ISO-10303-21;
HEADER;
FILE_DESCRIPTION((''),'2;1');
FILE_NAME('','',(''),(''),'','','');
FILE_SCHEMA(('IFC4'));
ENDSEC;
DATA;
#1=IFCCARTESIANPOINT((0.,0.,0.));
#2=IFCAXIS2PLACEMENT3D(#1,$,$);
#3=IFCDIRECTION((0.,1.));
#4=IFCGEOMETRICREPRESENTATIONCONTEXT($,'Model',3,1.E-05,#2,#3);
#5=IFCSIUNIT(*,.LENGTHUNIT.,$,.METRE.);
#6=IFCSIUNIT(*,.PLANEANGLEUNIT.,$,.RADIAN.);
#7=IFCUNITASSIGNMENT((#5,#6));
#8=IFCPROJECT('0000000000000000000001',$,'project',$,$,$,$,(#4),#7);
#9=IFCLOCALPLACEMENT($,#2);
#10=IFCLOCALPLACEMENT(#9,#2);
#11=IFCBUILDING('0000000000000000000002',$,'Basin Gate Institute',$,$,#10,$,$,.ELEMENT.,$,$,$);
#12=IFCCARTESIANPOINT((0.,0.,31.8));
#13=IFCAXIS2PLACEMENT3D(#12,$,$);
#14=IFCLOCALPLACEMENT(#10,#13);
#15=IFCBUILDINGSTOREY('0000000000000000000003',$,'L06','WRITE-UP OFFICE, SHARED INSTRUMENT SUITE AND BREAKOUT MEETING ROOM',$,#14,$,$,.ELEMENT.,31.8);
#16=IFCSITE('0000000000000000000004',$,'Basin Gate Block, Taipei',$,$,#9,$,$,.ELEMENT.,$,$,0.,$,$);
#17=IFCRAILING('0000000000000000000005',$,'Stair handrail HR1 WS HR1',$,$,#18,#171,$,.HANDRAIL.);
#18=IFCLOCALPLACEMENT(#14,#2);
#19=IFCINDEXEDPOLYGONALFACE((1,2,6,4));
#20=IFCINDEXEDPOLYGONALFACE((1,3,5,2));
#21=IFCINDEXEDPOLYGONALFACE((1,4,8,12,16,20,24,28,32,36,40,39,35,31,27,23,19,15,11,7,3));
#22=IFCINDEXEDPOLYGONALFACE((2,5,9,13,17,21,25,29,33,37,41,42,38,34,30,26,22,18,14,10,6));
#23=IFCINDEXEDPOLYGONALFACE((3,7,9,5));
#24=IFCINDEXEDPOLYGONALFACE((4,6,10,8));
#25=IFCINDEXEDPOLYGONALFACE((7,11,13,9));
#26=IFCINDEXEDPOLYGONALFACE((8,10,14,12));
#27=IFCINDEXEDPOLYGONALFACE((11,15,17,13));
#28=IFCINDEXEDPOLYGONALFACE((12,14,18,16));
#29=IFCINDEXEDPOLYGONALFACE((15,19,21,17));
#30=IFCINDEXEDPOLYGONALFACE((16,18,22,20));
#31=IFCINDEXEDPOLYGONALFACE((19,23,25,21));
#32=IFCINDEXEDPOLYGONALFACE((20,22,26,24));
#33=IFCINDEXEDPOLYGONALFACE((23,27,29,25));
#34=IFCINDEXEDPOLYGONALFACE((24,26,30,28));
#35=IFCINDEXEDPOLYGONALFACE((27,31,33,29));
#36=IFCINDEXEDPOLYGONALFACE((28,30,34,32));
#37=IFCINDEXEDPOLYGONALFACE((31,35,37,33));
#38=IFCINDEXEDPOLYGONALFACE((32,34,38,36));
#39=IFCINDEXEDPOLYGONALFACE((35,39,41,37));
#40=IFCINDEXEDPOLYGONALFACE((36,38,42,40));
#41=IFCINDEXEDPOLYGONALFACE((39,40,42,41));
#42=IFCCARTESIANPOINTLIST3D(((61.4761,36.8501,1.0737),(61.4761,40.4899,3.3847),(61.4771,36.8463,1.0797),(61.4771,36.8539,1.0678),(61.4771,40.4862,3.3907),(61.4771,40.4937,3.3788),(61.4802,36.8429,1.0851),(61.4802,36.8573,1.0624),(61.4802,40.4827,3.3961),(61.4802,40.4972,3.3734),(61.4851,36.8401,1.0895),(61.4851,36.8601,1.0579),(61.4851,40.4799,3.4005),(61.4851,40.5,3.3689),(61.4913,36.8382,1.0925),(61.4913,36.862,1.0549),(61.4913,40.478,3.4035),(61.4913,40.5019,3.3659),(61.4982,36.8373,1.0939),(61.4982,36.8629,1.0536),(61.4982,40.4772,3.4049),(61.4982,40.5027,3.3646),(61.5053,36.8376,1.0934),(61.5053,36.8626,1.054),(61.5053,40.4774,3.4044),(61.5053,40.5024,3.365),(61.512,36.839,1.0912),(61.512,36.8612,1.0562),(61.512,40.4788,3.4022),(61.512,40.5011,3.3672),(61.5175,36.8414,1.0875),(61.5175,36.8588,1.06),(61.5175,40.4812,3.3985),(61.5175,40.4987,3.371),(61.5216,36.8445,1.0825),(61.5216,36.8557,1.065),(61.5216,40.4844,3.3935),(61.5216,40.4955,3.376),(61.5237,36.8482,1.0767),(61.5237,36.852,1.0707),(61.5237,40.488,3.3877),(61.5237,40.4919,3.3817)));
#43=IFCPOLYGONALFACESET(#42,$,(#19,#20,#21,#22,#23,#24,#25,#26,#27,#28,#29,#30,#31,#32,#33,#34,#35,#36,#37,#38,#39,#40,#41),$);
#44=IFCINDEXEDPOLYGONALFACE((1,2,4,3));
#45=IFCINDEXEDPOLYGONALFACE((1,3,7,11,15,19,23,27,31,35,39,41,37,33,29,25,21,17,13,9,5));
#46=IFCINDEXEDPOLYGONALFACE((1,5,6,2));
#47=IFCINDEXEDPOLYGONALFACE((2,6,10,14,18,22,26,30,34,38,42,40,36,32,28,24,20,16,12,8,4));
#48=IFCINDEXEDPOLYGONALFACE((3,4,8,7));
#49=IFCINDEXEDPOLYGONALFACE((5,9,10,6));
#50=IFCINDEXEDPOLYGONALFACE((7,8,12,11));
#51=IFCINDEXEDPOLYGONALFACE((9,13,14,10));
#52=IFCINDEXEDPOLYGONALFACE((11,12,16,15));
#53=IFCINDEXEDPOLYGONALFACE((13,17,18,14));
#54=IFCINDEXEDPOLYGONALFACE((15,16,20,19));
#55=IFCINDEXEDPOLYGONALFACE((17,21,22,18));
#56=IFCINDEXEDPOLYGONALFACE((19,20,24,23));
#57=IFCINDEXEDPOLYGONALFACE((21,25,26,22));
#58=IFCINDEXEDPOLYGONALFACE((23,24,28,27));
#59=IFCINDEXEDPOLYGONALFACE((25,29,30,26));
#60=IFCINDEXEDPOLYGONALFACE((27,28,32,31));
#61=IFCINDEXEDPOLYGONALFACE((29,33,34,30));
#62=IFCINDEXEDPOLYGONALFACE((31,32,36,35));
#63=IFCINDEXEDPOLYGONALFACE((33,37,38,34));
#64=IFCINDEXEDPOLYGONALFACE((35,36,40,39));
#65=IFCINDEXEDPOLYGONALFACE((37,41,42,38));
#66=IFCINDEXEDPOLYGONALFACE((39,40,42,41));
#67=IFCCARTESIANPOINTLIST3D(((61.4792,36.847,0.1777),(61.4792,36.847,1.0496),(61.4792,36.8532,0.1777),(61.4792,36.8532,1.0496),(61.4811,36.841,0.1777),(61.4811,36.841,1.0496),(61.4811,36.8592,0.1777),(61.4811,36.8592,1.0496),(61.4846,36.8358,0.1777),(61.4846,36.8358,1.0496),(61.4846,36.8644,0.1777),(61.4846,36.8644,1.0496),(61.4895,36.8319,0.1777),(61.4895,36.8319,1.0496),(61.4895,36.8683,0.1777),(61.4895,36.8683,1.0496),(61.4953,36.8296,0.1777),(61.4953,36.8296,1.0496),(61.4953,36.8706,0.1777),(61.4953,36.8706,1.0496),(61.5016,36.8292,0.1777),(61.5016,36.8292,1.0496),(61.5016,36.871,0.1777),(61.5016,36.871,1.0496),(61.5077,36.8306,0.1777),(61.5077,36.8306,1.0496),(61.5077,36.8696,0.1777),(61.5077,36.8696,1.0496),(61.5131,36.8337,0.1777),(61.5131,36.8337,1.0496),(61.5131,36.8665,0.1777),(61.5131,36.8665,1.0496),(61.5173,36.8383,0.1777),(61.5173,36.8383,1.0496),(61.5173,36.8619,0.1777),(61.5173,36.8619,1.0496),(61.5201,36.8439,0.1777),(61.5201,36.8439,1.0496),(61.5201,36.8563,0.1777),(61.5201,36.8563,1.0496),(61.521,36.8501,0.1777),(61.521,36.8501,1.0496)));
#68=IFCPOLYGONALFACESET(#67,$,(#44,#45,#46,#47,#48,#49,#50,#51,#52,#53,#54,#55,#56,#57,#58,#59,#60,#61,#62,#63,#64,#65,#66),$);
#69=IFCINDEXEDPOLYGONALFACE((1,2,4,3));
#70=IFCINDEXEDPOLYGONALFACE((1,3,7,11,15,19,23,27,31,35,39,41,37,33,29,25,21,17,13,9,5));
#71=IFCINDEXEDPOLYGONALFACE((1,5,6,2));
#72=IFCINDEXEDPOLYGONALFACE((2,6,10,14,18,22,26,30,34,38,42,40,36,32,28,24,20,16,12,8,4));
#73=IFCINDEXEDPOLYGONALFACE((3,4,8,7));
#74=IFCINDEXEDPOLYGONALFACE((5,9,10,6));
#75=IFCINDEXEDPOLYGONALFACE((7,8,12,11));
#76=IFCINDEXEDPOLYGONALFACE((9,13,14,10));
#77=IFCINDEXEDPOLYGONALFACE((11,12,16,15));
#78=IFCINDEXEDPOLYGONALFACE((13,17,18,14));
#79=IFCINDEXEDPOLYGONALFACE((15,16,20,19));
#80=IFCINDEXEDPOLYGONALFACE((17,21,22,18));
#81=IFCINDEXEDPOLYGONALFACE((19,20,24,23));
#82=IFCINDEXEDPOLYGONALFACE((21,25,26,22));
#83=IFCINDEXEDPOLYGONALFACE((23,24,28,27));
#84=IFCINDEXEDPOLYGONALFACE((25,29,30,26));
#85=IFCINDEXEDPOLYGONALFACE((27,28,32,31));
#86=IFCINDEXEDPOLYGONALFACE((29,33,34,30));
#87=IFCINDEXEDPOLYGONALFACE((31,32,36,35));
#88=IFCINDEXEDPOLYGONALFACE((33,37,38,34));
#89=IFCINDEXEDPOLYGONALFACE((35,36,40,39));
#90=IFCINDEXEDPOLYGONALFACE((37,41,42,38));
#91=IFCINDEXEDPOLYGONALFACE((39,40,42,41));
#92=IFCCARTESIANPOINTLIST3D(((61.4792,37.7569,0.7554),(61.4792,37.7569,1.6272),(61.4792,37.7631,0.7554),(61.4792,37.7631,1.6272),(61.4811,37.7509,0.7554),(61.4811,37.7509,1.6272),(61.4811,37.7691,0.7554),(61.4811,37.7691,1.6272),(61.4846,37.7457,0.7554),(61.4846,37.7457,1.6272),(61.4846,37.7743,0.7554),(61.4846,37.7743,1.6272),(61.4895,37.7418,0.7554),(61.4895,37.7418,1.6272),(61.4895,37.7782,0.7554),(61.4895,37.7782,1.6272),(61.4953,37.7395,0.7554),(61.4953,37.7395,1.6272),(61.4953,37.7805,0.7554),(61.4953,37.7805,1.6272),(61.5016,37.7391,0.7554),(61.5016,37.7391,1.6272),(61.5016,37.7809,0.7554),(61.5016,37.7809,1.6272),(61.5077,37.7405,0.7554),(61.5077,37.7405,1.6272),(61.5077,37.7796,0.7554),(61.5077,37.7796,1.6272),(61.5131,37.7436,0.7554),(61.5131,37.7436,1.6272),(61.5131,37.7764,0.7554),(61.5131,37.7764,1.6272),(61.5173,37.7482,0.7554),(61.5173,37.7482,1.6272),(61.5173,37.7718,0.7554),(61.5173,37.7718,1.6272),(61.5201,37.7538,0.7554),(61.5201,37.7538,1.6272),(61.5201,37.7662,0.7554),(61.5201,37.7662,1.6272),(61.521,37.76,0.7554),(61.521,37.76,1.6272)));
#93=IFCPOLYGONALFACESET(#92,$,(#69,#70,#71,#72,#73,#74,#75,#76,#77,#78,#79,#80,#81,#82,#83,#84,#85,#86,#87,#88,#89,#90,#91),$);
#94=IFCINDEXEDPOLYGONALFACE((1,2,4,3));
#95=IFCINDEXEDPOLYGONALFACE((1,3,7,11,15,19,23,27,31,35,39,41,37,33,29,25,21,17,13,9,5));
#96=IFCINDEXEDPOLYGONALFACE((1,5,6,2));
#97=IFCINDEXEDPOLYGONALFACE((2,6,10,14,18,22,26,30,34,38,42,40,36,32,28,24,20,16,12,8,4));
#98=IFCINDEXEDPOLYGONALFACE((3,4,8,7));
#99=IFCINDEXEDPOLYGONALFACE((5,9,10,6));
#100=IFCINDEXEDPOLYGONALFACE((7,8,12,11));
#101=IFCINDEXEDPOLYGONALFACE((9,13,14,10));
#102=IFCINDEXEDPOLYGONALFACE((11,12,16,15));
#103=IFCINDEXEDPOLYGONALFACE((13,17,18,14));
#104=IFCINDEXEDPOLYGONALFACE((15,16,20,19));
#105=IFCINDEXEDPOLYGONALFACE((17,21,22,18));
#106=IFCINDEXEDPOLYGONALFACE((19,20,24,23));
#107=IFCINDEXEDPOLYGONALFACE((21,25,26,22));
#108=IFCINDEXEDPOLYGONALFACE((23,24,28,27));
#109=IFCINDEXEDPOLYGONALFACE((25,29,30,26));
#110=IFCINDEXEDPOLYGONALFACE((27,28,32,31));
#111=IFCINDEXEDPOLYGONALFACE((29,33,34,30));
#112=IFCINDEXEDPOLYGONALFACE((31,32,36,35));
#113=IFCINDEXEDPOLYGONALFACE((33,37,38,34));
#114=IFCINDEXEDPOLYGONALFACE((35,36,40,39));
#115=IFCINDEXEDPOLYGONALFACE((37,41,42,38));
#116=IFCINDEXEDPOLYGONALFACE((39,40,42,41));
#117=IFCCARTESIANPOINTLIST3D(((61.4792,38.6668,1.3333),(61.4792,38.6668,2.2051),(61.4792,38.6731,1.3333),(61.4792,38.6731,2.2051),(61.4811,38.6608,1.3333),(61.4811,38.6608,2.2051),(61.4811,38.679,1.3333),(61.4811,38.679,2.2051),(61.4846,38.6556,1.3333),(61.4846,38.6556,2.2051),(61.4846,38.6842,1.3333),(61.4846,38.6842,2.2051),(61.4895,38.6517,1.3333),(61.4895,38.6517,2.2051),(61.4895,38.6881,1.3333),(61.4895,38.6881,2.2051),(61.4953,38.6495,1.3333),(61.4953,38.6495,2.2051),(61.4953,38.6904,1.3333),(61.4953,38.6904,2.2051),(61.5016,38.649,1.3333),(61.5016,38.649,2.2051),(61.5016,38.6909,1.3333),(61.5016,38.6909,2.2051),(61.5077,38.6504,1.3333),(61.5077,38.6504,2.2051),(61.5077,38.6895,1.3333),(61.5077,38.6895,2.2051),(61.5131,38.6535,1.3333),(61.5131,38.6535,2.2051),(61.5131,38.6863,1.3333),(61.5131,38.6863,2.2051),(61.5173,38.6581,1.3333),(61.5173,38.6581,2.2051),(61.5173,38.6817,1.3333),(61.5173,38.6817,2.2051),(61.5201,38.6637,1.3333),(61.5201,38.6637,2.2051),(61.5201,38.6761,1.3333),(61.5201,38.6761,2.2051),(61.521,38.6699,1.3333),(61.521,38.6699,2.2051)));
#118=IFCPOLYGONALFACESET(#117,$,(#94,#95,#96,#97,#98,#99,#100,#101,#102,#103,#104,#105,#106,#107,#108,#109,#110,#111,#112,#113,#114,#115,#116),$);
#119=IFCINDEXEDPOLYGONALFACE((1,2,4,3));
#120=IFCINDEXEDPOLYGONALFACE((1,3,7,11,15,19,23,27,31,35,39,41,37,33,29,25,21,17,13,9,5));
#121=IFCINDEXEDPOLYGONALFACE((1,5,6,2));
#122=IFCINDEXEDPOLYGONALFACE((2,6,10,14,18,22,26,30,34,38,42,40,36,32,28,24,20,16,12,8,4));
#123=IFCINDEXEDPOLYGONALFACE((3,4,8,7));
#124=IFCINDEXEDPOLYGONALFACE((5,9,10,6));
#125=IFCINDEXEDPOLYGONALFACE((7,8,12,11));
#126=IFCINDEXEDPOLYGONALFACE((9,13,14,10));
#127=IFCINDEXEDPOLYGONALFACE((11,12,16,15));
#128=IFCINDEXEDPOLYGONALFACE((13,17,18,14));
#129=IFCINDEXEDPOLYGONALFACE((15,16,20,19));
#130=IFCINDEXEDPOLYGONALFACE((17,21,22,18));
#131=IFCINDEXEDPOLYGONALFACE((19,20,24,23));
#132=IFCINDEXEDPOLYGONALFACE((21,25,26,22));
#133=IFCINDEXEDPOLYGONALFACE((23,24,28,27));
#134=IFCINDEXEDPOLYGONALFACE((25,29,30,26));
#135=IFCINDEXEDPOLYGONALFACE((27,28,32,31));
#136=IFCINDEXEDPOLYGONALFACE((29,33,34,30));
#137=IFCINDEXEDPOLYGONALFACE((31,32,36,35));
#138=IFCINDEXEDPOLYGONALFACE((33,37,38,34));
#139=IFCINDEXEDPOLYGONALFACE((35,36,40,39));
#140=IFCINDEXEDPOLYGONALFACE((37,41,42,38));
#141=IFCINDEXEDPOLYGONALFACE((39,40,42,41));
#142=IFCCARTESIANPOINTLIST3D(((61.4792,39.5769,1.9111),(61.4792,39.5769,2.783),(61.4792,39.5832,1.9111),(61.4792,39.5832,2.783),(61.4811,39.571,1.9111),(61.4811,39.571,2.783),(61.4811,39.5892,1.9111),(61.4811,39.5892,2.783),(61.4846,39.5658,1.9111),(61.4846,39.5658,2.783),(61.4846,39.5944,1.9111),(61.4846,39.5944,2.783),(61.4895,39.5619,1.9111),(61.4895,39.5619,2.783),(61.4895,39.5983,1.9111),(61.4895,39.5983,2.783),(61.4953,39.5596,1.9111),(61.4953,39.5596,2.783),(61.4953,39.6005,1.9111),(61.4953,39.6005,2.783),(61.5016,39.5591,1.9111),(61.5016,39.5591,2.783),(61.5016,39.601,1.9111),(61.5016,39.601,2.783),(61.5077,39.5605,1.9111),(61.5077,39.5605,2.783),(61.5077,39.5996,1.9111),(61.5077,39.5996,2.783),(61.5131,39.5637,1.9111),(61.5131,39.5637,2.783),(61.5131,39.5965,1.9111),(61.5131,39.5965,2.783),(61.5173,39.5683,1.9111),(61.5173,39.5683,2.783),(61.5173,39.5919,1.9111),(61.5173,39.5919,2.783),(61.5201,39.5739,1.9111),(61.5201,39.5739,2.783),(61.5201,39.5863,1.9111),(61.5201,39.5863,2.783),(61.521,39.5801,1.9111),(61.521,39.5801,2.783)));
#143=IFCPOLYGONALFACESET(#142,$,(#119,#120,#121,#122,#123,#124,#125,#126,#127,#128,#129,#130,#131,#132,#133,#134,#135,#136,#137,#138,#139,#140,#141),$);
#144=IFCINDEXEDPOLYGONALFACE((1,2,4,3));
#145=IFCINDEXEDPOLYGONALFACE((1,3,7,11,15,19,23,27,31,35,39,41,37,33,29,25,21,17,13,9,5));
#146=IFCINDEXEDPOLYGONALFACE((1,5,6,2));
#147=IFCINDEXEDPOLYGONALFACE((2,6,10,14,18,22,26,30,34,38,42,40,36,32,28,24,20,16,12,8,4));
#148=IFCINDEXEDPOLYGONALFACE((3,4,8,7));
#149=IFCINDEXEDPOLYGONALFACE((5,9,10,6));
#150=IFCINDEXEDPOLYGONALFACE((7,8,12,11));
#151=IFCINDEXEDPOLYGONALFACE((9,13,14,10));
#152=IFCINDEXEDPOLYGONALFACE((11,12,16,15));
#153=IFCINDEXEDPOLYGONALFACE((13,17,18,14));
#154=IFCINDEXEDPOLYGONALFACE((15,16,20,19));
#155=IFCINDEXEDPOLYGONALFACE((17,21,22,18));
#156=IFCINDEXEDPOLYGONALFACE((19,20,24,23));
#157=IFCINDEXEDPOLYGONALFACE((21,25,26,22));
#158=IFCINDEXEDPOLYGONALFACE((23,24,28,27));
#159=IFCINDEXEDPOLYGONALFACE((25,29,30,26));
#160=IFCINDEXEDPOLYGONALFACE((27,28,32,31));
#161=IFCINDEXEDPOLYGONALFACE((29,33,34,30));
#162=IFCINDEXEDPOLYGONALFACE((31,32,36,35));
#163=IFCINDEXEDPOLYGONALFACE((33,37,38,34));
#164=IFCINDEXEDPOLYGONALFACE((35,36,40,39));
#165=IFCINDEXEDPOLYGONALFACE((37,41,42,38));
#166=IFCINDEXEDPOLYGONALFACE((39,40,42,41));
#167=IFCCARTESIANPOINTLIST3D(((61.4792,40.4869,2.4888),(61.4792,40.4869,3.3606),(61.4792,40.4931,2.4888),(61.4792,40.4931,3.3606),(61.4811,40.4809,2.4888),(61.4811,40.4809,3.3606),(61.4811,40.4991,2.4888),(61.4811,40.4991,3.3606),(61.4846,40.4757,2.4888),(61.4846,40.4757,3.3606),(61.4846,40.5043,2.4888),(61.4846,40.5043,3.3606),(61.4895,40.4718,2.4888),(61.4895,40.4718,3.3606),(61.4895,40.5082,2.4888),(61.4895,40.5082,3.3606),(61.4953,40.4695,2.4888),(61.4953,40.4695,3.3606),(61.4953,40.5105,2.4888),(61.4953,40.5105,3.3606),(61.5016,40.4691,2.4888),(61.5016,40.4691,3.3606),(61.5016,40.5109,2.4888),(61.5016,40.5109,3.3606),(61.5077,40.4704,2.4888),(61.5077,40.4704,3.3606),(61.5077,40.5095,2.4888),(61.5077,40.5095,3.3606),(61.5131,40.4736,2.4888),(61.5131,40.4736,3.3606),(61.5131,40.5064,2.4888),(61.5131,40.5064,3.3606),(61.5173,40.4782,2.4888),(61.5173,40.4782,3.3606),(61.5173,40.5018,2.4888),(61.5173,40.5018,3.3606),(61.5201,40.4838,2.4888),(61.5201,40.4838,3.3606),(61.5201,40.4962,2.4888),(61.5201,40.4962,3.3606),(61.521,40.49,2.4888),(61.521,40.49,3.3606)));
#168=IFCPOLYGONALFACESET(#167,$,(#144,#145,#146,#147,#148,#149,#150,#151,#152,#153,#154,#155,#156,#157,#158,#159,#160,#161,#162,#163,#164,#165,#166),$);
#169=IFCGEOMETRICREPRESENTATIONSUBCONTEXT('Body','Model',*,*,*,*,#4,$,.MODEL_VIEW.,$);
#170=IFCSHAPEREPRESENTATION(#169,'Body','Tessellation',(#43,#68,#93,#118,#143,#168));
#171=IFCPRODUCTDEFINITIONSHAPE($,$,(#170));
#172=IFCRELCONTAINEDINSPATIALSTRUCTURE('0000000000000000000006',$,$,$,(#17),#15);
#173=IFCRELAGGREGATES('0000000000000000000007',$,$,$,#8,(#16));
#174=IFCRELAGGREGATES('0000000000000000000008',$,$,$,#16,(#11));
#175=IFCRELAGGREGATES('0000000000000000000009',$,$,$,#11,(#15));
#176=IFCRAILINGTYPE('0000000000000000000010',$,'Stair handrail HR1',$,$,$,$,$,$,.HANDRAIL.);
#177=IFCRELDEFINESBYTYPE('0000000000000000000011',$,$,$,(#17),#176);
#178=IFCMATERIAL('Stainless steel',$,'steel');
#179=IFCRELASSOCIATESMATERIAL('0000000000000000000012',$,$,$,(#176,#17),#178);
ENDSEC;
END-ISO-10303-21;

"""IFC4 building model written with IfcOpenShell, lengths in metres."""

from ifc_helpers import new_model, si_unit, direction, frame, origin, origin_2d, place, context, subcontext, project, spatial, circle, extrude, material, type_object, element, save


model = new_model("IFC4")

# Units and contexts
model_context = context("Model", 3, precision=1e-05, world=origin(), true_north=direction((0.0, 1.0)))
body_context = subcontext(model_context, "Body", "Model", "MODEL_VIEW")
ifc_project = project(units=[si_unit("LENGTHUNIT", "METRE"), si_unit("PLANEANGLEUNIT", "RADIAN")], contexts=[model_context])

# Site, building, storey
site_placement = place(None, origin())
site = spatial("IfcSite", under=ifc_project, at=site_placement, Name="Basin Gate Block, Taipei", CompositionType="ELEMENT", RefElevation=0.0)
building_placement = place(site_placement, origin())
building = spatial("IfcBuilding", under=site, at=building_placement, Name="Basin Gate Institute", CompositionType="ELEMENT")
storey_placement = place(building_placement, frame((0.0, 0.0, 31.8)))
storey = spatial("IfcBuildingStorey", under=building, at=storey_placement, Name="L06", Description="WRITE-UP OFFICE, SHARED INSTRUMENT SUITE AND BREAKOUT MEETING ROOM", CompositionType="ELEMENT", Elevation=31.8)

# Railing
ifc_material_1 = material(Name="Stainless steel", Category="steel")
railing_type_1 = type_object("IfcRailingType", Name="Stair handrail HR1", PredefinedType="HANDRAIL", material=ifc_material_1)
for number, where, name in (
    (1, (61.5, 36.8501, 0.1777), "Stair handrail HR1 WS HR1"),
):
    element("IfcRailing", number, at=place(storey_placement, frame(where)), inside=storey, type_object=railing_type_1, material=ifc_material_1, Name=name, PredefinedType="HANDRAIL", context=body_context, shape_type="SweptSolid", body=[
        extrude(circle(Radius=0.0239, at=origin_2d()), frame((0.0, 0.0, 0.896), z_axis=(0.0, 0.844214, 0.536007), x_axis=(-1.0, 0.0, 0.0)), (0.0, 0.0, 1.0), 4.3115),
        extrude(circle(Radius=0.021, at=origin_2d()), origin(), (0.0, 0.0, 1.0), 0.8718),
        extrude(circle(Radius=0.021, at=origin_2d()), frame((0.0, 0.9099, 0.5776)), (0.0, 0.0, 1.0), 0.8718),
        extrude(circle(Radius=0.021, at=origin_2d()), frame((0.0, 1.8198, 1.1555)), (0.0, 0.0, 1.0), 0.8718),
        extrude(circle(Radius=0.021, at=origin_2d()), frame((0.0, 2.73, 1.7334)), (0.0, 0.0, 1.0), 0.8718),
        extrude(circle(Radius=0.021, at=origin_2d()), frame((0.0, 3.6399, 2.311)), (0.0, 0.0, 1.0), 0.8718),
    ])

save(model, "model.ifc")
